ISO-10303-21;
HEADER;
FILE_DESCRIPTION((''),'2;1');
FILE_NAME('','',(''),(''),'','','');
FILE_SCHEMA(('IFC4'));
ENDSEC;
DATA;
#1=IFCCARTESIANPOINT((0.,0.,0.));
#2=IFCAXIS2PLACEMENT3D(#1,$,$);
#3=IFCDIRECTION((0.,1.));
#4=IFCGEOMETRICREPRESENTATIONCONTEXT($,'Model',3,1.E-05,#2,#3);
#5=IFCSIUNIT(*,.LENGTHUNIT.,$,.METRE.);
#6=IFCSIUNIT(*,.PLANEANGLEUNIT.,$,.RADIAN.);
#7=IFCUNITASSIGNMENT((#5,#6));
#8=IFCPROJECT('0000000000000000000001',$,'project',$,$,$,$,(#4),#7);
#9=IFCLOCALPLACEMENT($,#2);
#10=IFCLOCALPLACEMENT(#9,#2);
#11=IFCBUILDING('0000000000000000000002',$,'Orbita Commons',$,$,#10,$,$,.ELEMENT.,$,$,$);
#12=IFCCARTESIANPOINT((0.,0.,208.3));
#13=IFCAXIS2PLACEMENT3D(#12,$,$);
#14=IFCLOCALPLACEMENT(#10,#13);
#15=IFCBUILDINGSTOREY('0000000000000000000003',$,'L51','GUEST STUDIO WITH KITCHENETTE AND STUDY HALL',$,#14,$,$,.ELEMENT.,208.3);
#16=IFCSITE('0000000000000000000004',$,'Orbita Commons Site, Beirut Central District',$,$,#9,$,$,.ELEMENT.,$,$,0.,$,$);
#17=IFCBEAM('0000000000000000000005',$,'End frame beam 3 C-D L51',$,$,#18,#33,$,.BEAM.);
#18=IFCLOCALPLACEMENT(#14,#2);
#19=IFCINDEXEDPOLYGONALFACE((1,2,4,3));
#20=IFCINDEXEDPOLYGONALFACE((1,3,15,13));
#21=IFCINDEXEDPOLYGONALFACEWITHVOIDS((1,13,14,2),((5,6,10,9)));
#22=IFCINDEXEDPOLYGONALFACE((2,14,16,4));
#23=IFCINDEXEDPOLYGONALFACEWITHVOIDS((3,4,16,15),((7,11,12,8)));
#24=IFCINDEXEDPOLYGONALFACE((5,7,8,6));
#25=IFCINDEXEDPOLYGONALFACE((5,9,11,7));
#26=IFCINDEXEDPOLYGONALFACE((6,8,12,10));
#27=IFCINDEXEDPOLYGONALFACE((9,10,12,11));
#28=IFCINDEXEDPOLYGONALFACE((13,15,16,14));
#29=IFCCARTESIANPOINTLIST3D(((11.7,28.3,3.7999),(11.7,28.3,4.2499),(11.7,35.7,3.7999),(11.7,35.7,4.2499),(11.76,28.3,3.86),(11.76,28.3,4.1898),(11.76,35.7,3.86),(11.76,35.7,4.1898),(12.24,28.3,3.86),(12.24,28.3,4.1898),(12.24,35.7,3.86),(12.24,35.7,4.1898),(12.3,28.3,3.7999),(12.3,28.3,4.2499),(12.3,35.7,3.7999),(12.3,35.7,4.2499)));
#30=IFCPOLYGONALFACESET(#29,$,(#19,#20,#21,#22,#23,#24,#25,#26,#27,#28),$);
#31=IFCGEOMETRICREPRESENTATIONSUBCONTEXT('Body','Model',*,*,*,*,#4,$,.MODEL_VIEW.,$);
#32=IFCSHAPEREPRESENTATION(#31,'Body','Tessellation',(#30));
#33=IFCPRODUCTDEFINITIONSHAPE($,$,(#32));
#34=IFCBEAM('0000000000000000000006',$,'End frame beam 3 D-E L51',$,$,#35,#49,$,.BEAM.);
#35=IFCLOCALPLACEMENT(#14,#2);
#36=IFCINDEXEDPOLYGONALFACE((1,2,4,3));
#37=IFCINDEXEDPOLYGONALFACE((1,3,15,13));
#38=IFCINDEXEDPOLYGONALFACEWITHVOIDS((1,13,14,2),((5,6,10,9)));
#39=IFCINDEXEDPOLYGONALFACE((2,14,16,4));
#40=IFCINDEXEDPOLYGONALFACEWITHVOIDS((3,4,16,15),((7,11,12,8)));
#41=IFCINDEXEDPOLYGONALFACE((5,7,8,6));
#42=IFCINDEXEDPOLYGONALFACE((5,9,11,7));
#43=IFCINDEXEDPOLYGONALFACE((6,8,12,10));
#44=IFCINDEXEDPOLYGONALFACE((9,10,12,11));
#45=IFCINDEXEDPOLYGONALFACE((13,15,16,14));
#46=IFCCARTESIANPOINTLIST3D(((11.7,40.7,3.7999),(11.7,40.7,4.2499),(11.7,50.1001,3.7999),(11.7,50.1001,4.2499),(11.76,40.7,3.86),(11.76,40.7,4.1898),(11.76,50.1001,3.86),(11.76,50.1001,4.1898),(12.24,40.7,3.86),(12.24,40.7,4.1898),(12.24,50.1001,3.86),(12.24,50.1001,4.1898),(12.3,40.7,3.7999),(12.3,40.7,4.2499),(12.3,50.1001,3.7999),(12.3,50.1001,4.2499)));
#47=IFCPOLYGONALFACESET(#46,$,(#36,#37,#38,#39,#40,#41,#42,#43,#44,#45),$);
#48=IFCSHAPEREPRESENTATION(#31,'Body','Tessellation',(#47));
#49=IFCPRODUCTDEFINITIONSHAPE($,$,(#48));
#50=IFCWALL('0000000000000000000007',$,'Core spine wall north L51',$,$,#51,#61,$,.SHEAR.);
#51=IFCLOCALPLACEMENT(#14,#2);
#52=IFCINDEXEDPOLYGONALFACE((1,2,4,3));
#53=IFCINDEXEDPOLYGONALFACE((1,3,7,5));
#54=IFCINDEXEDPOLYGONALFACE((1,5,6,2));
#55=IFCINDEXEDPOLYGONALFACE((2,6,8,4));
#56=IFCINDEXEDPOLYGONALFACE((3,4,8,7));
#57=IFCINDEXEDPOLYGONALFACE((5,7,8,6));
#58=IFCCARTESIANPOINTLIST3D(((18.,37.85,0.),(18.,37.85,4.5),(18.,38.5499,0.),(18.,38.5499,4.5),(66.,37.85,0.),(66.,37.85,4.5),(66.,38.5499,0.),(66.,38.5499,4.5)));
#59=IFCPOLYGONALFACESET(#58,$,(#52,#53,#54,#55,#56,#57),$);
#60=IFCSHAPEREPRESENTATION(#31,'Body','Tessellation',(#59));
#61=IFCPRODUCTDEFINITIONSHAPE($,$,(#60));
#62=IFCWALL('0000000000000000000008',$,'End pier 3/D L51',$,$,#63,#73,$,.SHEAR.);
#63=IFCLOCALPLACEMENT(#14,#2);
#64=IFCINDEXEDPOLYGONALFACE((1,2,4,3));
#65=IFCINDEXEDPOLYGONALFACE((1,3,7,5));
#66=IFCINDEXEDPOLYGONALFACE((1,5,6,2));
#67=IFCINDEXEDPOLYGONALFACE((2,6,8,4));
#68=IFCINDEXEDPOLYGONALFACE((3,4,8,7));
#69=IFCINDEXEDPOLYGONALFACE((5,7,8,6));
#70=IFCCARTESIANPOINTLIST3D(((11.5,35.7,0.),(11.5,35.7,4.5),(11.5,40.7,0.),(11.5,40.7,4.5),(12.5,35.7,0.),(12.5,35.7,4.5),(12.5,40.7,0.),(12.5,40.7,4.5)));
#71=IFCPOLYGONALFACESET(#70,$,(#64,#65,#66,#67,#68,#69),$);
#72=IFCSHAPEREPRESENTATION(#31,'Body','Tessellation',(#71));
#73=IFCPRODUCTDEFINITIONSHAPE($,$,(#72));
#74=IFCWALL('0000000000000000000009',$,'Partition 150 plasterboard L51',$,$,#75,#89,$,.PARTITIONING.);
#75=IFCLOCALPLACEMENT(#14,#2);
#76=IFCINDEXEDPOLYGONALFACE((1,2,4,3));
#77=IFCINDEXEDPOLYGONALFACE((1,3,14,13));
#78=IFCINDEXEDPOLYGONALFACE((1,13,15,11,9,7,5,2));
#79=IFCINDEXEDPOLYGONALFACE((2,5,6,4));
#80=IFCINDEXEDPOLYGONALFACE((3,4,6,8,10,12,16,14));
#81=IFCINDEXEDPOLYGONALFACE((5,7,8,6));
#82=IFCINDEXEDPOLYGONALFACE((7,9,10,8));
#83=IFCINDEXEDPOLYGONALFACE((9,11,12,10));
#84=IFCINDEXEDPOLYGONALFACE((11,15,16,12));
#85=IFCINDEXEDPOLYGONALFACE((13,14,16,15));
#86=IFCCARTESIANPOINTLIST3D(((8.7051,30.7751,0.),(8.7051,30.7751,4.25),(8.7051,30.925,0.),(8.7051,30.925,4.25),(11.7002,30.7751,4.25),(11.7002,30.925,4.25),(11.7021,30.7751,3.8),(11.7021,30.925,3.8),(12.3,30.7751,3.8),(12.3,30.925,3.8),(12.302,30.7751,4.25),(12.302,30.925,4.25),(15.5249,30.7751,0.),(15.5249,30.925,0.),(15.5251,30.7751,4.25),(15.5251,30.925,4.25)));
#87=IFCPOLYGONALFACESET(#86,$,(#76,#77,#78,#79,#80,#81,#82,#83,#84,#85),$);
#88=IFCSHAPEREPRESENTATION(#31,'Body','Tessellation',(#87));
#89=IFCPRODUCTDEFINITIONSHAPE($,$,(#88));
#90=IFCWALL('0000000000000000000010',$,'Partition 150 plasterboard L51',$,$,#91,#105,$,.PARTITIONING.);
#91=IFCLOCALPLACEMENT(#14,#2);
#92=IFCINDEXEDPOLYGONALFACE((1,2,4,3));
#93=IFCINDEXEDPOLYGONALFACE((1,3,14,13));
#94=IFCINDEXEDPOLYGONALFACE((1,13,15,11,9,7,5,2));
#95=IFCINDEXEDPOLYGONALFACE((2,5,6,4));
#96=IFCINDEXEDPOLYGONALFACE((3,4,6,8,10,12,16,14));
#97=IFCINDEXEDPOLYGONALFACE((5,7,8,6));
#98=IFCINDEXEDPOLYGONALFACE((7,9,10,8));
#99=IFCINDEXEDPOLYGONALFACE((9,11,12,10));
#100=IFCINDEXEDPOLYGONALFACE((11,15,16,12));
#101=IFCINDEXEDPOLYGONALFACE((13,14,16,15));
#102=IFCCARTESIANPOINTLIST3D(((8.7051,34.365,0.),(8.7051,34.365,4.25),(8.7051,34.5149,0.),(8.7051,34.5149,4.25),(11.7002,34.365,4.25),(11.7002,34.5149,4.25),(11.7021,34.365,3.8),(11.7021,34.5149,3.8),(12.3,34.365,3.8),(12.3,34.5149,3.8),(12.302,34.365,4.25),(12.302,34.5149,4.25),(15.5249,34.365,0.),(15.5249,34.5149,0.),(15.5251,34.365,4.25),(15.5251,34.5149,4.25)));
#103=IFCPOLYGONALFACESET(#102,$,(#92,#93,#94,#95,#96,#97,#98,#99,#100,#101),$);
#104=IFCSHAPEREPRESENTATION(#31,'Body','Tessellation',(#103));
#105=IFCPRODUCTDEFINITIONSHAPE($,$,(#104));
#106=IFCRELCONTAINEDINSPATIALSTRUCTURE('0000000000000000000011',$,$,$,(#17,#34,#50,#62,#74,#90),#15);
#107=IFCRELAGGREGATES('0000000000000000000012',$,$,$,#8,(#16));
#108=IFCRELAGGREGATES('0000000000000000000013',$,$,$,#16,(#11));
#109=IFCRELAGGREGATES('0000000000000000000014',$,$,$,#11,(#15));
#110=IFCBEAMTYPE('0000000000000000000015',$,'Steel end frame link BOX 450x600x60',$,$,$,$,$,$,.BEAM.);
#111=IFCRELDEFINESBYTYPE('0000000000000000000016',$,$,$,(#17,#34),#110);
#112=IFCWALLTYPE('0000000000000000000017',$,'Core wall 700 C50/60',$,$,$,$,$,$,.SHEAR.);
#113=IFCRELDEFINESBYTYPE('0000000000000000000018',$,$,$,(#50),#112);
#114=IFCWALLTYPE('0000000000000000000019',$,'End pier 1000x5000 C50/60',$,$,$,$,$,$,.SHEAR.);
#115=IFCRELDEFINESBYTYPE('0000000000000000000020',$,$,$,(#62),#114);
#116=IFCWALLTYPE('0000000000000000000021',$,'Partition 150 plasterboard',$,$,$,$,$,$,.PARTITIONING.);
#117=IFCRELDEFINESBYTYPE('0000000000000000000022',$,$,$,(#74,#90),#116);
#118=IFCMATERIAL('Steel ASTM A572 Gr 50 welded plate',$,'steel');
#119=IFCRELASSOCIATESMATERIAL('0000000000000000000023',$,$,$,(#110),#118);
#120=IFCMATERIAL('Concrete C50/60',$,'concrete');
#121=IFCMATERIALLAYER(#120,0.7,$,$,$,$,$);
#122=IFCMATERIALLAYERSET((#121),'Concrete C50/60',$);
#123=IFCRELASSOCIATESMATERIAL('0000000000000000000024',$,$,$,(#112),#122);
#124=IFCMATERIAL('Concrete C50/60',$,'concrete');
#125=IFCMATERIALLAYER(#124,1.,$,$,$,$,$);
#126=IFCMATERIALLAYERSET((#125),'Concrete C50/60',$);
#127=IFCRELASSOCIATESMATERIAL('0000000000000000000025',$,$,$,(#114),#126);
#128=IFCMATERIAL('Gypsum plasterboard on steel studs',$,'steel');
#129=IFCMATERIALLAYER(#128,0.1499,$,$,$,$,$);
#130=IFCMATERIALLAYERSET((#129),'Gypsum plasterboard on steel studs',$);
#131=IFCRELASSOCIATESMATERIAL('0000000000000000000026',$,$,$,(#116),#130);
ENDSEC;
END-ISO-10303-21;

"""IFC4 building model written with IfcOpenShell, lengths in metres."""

from ifc_helpers import new_model, si_unit, direction, frame, frame_2d, origin, origin_2d, place, context, subcontext, project, spatial, polyline, rectangle, hollow_rectangle, outline, extrude, material, layer, layer_set, material_profile, profile_set, type_object, element, save


model = new_model("IFC4")

# Units and contexts
model_context = context("Model", 3, precision=1e-05, world=origin(), true_north=direction((0.0, 1.0)))
body_context = subcontext(model_context, "Body", "Model", "MODEL_VIEW")
ifc_project = project(units=[si_unit("LENGTHUNIT", "METRE"), si_unit("PLANEANGLEUNIT", "RADIAN")], contexts=[model_context])

# Site, building, storey
site_placement = place(None, origin())
site = spatial("IfcSite", under=ifc_project, at=site_placement, Name="Orbita Commons Site, Beirut Central District", CompositionType="ELEMENT", RefElevation=0.0)
building_placement = place(site_placement, origin())
building = spatial("IfcBuilding", under=site, at=building_placement, Name="Orbita Commons", CompositionType="ELEMENT")
storey_placement = place(building_placement, frame((0.0, 0.0, 208.3)))
storey = spatial("IfcBuildingStorey", under=building, at=storey_placement, Name="L51", Description="GUEST STUDIO WITH KITCHENETTE AND STUDY HALL", CompositionType="ELEMENT", Elevation=208.3)

# Beams
ifc_material_1 = material(Name="Steel ASTM A572 Gr 50 welded plate", Category="steel")
ifc_material_profile = material_profile(ifc_material_1, hollow_rectangle(XDim=0.6001, YDim=0.45, WallThickness=0.0601, at=origin_2d()), Name="BOX 450x600x60")
ifc_profile_set = profile_set([ifc_material_profile], Name="Steel ASTM A572 Gr 50 welded plate")
beam_type = type_object("IfcBeamType", Name="Steel end frame link BOX 450x600x60", PredefinedType="BEAM", material=ifc_profile_set)
beam_1_placement = place(storey_placement, frame((12.0, 28.3, 4.0249), z_axis=(0.0, 1.0, 0.0), x_axis=(-1.0, 0.0, 0.0)))
element("IfcBeam", 1, at=beam_1_placement, inside=storey, type_object=beam_type, Name="End frame beam 3 C-D L51", PredefinedType="BEAM", context=body_context, shape_type="SweptSolid", body=[
    extrude(hollow_rectangle(XDim=0.6001, YDim=0.45, WallThickness=0.0601, at=origin_2d()), origin(), (0.0, 0.0, 1.0), 7.3999),
])
beam_2_placement = place(storey_placement, frame((12.0, 40.7, 4.0249), z_axis=(0.0, 1.0, 0.0), x_axis=(-1.0, 0.0, 0.0)))
element("IfcBeam", 2, at=beam_2_placement, inside=storey, type_object=beam_type, Name="End frame beam 3 D-E L51", PredefinedType="BEAM", context=body_context, shape_type="SweptSolid", body=[
    extrude(hollow_rectangle(XDim=0.6001, YDim=0.45, WallThickness=0.0601, at=origin_2d()), origin(), (0.0, 0.0, 1.0), 9.4001),
])

# Walls
ifc_material_2 = material(Name="Concrete C50/60", Category="concrete")
ifc_layer_1 = layer(ifc_material_2, 0.7)
ifc_layer_set_1 = layer_set([ifc_layer_1], Name="Concrete C50/60")
wall_type_1 = type_object("IfcWallType", Name="Core wall 700 C50/60", PredefinedType="SHEAR", material=ifc_layer_set_1)
wall_1_placement = place(storey_placement, frame((18.0, 38.2, 0.0), z_axis=(0.0, 0.0, 1.0), x_axis=(1.0, 0.0, 0.0)))
element("IfcWall", 3, at=wall_1_placement, inside=storey, type_object=wall_type_1, Name="Core spine wall north L51", PredefinedType="SHEAR", context=body_context, shape_type="SweptSolid", body=[
    extrude(rectangle(XDim=48.0, YDim=0.7, at=frame_2d((24.0, 0.0))), origin(), (0.0, 0.0, 1.0), 4.5),
])
ifc_material_3 = material(Name="Concrete C50/60", Category="concrete")
ifc_layer_2 = layer(ifc_material_3, 1.0)
ifc_layer_set_2 = layer_set([ifc_layer_2], Name="Concrete C50/60")
wall_type_2 = type_object("IfcWallType", Name="End pier 1000x5000 C50/60", PredefinedType="SHEAR", material=ifc_layer_set_2)
wall_2_placement = place(storey_placement, frame((12.0, 35.7, 0.0), z_axis=(0.0, 0.0, 1.0), x_axis=(0.0, 1.0, 0.0)))
element("IfcWall", 4, at=wall_2_placement, inside=storey, type_object=wall_type_2, Name="End pier 3/D L51", PredefinedType="SHEAR", context=body_context, shape_type="SweptSolid", body=[
    extrude(rectangle(XDim=5.0, YDim=1.0, at=frame_2d((2.5, 0.0))), origin(), (0.0, 0.0, 1.0), 4.5),
])
ifc_material_4 = material(Name="Gypsum plasterboard on steel studs", Category="steel")
ifc_layer_3 = layer(ifc_material_4, 0.1499)
ifc_layer_set_3 = layer_set([ifc_layer_3], Name="Gypsum plasterboard on steel studs")
wall_type_3 = type_object("IfcWallType", Name="Partition 150 plasterboard", PredefinedType="PARTITIONING", material=ifc_layer_set_3)
for number, where, z_axis, x_axis, name in (
    (5, (8.7051, 30.8501, 0.0), (0.0, 0.0, 1.0), (1.0, 0.0, 0.0), "Partition 150 plasterboard L51"),
    (6, (8.7051, 34.4399, 0.0), (0.0, 0.0, 1.0), (1.0, 0.0, 0.0), "Partition 150 plasterboard L51"),
):
    element("IfcWall", number, at=place(storey_placement, frame(where, z_axis=z_axis, x_axis=x_axis)), inside=storey, type_object=wall_type_3, Name=name, PredefinedType="PARTITIONING", context=body_context, shape_type="SweptSolid", body=[
        extrude(outline(polyline([(0.0, 0.0), (6.8198, 0.0), (6.8201, 4.25), (3.5969, 4.25), (3.595, 3.8), (2.9971, 3.8), (2.9951, 4.25), (0.0, 4.25), (0.0, 0.0)])), frame((0.0, 0.075, 0.0), z_axis=(0.0, -1.0, 0.0), x_axis=(1.0, 0.0, 0.0)), (0.0, 0.0, 1.0), 0.1499),
    ])

save(model, "model.ifc")
